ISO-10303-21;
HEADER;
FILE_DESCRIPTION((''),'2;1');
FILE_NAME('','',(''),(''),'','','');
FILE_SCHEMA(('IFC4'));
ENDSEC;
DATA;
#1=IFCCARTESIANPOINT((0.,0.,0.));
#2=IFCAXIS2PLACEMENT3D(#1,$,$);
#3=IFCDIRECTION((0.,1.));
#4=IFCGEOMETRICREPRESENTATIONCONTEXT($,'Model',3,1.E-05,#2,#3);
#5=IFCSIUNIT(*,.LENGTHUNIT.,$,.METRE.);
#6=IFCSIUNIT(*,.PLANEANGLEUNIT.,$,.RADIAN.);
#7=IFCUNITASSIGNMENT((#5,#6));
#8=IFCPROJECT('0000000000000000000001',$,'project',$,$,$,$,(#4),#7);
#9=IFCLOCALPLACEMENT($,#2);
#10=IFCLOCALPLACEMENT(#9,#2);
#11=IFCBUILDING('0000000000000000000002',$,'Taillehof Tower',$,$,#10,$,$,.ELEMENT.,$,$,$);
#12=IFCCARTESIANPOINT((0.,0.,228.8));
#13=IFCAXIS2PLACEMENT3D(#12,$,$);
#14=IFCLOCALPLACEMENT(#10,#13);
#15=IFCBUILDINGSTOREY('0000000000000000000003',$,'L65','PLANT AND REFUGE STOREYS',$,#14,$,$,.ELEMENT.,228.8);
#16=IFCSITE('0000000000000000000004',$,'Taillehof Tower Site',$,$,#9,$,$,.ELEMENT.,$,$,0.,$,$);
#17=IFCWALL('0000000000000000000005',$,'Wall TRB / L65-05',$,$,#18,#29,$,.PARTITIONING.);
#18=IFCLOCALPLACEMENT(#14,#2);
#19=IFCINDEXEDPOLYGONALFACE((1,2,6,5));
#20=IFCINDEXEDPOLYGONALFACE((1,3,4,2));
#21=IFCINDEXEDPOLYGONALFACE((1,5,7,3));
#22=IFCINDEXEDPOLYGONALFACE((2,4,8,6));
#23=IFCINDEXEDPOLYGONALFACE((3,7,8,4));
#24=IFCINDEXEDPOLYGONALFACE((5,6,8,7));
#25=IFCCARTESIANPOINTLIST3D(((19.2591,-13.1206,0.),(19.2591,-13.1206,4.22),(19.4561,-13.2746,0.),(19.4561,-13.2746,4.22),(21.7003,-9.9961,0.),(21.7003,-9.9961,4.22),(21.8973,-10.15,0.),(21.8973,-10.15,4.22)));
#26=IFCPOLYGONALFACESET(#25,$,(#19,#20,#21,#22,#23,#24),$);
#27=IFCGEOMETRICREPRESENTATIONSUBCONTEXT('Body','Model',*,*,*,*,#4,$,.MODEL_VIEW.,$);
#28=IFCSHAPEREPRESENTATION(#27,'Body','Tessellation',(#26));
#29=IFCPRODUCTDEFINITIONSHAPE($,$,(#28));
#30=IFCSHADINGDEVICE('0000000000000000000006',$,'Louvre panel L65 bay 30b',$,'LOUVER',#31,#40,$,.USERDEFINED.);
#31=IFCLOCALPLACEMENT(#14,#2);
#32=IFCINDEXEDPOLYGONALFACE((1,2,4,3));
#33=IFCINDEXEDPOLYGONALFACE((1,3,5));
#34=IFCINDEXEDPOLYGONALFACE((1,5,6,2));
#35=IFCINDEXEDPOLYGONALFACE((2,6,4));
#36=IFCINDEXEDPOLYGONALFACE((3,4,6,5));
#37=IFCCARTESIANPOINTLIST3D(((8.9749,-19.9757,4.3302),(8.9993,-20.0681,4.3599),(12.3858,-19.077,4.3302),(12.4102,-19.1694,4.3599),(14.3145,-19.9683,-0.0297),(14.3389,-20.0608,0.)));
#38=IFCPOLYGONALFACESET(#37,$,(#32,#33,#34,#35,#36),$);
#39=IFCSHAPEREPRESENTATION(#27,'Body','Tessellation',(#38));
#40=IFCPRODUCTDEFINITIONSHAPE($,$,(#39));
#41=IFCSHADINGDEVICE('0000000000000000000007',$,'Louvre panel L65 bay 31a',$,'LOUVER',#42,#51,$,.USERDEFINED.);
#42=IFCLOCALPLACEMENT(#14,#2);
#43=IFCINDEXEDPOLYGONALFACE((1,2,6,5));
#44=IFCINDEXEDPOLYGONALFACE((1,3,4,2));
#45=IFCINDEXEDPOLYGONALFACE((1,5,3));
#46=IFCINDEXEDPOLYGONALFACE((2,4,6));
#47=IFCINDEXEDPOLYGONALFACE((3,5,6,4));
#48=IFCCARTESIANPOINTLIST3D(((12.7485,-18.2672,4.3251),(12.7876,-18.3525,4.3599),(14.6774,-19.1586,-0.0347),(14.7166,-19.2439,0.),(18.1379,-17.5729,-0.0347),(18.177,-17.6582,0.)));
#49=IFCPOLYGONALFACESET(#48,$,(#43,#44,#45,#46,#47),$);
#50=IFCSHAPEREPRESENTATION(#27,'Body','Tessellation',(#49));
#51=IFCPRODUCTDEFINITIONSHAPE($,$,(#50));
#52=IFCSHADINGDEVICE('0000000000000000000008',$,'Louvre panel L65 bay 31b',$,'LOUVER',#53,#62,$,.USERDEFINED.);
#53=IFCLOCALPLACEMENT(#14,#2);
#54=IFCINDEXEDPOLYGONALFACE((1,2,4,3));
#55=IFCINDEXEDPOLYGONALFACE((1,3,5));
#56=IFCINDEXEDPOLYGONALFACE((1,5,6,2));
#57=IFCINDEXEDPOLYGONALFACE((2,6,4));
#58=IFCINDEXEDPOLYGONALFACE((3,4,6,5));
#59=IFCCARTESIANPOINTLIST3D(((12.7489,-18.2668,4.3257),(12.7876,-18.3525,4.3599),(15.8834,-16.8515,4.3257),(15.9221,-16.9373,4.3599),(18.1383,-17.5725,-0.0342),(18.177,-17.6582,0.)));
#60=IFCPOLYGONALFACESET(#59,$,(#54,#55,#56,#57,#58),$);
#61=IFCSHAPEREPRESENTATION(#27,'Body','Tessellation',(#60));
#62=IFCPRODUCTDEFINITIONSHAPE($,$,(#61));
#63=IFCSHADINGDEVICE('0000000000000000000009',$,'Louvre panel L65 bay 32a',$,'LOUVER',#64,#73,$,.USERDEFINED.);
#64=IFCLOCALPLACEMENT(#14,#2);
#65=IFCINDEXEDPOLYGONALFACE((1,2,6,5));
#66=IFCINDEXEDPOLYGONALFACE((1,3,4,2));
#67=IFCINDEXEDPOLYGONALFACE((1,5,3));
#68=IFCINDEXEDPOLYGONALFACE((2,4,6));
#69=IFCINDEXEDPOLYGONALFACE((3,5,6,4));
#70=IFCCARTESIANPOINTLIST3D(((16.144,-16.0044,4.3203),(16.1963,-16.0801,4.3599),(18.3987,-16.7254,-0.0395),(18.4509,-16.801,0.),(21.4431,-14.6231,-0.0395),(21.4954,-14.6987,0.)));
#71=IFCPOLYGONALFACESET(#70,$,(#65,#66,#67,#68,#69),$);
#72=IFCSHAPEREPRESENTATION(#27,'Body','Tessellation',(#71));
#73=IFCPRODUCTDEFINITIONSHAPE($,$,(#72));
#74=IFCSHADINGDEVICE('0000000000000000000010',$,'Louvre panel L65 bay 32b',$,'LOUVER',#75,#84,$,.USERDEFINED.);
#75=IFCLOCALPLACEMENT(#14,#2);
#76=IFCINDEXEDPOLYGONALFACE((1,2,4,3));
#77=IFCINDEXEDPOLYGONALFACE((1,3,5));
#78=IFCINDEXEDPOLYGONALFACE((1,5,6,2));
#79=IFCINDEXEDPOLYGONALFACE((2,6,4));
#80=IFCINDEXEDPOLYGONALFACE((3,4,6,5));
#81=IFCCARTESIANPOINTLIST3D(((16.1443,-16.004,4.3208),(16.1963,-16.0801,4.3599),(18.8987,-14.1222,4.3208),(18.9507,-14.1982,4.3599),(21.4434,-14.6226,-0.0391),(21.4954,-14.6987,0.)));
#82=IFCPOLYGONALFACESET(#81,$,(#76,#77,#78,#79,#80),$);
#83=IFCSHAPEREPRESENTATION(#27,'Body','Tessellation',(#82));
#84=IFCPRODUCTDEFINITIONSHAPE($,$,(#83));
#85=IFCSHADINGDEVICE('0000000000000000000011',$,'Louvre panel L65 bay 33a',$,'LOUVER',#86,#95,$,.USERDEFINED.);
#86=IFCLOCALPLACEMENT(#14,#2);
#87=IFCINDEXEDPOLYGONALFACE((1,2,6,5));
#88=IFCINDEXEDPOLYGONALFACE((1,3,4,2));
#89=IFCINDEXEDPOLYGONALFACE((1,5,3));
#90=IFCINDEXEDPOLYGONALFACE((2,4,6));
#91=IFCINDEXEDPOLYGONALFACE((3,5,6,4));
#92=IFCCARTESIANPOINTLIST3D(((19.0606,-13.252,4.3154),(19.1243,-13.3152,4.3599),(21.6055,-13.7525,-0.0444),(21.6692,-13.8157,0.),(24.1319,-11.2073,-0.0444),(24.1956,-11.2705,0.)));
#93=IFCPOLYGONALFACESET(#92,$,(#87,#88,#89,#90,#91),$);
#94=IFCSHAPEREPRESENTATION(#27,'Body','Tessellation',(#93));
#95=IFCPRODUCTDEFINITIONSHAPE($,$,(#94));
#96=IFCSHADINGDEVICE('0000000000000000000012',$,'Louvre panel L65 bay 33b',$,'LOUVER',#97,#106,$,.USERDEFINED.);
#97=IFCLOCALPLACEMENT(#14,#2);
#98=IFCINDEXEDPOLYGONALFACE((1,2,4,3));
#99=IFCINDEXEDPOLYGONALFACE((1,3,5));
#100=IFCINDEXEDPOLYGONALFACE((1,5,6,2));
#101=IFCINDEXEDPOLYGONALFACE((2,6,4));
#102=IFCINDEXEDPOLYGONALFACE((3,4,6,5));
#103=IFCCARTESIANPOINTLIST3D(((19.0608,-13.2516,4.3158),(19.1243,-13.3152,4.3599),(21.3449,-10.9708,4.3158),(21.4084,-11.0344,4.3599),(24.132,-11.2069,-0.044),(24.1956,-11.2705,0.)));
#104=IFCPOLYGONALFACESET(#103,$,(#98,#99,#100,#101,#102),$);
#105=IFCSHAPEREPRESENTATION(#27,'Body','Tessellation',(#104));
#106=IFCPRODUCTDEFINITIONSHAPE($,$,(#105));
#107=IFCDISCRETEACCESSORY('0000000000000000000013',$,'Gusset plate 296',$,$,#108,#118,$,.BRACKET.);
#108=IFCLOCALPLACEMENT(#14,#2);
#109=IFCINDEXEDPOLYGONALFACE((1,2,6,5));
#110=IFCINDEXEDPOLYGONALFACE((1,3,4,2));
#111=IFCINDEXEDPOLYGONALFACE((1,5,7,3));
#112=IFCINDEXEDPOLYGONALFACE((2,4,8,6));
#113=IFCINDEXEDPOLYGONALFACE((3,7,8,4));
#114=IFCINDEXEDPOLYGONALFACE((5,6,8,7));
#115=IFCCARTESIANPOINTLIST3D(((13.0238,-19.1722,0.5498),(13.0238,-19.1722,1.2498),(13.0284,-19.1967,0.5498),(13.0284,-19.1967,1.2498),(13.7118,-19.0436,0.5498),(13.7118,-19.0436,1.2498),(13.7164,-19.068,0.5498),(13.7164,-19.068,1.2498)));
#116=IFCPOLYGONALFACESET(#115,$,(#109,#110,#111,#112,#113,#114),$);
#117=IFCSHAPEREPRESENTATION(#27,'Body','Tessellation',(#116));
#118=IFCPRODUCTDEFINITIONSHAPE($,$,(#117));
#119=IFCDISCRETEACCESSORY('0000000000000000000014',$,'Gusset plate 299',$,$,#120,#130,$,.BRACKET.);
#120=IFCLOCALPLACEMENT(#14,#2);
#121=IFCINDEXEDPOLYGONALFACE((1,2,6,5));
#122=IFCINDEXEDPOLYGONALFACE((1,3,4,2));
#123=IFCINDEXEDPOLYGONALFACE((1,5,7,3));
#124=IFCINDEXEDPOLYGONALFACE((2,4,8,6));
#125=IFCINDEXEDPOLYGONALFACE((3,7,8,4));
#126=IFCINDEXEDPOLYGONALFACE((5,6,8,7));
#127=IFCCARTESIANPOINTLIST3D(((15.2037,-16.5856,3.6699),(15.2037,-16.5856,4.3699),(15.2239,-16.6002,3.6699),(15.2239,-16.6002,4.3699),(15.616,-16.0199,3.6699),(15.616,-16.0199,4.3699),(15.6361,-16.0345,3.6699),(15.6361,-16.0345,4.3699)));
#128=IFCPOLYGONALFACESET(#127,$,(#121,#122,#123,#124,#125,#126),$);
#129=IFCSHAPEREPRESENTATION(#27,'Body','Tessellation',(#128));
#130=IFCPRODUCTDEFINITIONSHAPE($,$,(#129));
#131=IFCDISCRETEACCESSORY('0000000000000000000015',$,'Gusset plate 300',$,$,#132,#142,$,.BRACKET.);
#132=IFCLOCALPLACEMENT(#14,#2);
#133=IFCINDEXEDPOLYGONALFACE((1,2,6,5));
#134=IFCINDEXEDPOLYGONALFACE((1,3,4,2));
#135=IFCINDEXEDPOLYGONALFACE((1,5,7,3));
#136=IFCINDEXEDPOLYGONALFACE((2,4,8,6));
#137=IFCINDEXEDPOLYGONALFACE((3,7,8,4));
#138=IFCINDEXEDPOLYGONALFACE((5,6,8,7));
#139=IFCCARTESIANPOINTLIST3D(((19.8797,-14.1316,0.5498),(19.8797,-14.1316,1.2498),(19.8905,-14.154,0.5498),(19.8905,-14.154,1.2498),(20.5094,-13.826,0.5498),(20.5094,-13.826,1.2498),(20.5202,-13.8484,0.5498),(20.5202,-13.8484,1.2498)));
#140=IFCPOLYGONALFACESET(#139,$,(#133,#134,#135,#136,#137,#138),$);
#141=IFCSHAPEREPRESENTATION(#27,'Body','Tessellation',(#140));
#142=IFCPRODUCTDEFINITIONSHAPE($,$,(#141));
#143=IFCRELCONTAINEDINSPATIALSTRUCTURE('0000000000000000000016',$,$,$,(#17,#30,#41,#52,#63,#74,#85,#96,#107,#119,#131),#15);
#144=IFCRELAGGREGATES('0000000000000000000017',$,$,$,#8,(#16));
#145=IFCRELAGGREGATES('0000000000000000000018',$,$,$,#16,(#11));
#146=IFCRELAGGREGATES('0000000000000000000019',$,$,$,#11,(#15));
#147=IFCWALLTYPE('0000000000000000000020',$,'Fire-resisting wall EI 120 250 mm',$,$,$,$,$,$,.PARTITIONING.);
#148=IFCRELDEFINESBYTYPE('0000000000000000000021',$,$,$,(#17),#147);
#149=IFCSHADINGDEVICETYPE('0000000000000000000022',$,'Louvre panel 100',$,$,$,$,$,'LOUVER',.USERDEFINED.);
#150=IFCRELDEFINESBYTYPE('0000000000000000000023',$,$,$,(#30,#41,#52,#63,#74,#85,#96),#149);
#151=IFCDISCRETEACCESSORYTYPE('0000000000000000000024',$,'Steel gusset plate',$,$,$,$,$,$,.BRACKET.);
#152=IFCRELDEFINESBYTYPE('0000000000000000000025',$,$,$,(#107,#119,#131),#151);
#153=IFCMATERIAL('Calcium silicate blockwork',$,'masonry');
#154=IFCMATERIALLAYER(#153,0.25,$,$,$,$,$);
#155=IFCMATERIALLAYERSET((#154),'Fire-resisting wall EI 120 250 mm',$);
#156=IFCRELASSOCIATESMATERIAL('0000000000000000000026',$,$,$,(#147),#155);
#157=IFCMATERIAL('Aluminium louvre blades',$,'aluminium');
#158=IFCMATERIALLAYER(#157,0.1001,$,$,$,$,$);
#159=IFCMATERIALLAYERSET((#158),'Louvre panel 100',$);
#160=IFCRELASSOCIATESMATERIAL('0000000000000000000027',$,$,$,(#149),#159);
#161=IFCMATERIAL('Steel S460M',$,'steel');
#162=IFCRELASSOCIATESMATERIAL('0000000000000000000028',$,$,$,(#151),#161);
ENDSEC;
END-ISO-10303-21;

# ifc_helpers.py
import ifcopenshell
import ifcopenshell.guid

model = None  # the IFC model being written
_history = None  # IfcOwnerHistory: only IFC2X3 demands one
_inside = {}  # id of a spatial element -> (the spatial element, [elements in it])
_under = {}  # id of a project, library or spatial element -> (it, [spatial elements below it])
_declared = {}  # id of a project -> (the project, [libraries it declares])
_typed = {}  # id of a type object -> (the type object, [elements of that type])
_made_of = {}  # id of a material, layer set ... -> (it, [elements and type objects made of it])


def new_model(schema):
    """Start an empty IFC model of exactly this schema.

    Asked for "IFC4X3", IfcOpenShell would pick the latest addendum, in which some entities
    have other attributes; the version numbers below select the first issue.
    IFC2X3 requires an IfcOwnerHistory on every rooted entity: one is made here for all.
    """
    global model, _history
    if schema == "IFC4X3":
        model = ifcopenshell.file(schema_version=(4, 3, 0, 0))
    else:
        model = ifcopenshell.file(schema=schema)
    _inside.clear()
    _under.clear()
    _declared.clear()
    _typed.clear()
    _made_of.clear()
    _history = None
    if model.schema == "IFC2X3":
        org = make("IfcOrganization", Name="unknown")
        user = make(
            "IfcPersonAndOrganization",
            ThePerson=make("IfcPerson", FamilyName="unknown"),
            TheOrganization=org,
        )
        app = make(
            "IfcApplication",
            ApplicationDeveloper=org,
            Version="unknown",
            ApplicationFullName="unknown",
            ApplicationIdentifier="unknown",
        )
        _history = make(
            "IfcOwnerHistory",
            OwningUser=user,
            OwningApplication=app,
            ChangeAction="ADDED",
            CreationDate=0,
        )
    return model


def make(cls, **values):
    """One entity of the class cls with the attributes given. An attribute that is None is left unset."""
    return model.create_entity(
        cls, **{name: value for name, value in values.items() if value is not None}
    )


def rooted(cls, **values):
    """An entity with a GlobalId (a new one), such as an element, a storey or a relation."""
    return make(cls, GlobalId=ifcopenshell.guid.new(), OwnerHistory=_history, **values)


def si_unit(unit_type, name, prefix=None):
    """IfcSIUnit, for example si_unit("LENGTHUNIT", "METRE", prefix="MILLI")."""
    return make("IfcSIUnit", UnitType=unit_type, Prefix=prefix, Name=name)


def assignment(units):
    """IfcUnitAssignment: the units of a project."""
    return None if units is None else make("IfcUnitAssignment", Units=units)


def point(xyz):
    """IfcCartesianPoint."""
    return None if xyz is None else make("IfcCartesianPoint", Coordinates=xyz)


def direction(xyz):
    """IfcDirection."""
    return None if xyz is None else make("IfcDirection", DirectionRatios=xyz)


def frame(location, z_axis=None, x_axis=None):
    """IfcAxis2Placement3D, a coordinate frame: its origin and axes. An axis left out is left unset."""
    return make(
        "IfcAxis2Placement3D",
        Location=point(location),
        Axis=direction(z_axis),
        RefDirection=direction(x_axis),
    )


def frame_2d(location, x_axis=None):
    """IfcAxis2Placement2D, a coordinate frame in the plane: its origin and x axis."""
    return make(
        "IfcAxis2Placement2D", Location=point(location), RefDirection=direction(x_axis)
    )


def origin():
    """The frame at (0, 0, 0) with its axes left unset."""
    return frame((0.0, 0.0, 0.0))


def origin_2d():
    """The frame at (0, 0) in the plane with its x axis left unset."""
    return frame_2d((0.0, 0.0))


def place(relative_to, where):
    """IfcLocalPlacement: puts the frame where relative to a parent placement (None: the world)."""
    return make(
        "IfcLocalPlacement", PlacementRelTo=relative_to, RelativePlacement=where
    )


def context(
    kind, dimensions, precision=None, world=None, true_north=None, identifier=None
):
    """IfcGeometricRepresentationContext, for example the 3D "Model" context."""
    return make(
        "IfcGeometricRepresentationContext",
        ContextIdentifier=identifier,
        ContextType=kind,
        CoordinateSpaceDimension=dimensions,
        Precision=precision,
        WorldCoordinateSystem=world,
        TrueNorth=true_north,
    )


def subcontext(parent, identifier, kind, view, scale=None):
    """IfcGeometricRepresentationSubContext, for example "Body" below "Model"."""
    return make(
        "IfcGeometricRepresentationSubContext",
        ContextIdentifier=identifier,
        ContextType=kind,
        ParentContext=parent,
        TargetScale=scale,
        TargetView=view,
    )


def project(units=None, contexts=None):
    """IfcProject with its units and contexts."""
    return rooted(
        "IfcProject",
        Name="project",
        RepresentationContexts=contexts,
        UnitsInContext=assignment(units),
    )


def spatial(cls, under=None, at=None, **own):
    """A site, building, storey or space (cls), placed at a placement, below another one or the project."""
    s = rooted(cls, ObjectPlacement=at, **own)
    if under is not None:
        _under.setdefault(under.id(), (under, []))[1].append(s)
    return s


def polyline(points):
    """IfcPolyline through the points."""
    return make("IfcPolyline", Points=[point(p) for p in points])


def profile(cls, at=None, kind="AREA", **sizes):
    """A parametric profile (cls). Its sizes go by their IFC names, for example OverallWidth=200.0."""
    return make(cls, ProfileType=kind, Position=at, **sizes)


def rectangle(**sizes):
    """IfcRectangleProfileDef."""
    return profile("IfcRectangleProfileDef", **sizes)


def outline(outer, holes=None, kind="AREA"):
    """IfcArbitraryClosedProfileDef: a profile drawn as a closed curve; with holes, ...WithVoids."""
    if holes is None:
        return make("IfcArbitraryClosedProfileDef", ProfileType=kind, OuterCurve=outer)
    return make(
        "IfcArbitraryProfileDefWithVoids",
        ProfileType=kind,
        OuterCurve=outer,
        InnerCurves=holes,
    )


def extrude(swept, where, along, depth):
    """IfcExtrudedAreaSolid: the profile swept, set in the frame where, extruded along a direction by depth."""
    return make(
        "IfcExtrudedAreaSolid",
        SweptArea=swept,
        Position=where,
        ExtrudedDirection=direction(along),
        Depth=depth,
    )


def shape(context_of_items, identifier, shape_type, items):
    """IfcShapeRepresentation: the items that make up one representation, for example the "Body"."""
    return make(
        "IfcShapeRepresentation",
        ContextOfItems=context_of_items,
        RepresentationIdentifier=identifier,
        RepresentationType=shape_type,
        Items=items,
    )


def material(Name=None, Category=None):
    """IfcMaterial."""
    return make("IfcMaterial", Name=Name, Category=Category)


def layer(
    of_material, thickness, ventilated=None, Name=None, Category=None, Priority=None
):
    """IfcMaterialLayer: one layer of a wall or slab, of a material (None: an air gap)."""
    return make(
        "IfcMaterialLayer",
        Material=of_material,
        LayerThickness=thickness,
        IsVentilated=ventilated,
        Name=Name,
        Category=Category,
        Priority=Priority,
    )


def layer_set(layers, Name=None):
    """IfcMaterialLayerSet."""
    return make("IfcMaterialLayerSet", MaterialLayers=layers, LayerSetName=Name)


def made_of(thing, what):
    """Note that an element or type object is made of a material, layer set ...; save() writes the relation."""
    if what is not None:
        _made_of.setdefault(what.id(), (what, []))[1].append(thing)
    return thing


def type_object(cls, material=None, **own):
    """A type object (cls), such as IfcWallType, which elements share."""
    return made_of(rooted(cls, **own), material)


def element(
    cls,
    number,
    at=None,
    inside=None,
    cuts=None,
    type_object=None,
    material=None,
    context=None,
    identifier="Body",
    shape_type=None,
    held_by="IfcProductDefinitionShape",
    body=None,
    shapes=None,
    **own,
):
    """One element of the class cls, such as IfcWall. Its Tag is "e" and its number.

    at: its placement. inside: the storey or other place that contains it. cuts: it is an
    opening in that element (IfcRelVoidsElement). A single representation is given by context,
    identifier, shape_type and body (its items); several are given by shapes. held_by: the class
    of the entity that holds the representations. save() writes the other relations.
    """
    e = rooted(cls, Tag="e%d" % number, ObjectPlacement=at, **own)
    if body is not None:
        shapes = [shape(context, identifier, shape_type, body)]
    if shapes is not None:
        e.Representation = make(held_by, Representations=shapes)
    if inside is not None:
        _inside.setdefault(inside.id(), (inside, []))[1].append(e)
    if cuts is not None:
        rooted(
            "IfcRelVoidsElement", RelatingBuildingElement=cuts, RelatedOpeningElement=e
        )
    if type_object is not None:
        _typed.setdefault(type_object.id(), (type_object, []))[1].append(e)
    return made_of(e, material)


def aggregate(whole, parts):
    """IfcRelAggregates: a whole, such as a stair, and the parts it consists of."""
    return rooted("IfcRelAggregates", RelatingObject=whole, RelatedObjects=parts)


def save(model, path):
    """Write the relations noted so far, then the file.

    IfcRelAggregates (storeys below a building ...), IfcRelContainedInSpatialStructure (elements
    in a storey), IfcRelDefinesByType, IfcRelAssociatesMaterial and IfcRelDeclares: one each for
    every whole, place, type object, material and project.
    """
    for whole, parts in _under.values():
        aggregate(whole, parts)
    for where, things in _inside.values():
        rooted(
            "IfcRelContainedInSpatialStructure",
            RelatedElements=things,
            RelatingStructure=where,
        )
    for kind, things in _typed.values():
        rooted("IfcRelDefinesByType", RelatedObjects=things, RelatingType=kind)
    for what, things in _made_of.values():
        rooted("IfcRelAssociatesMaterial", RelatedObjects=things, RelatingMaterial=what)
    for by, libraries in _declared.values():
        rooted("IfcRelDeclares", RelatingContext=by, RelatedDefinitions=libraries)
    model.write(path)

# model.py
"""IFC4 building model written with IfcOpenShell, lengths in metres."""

from ifc_helpers import new_model, si_unit, direction, frame, frame_2d, origin, origin_2d, place, context, subcontext, project, spatial, polyline, rectangle, outline, extrude, material, layer, layer_set, type_object, element, save


model = new_model("IFC4")

# Units and contexts
model_context = context("Model", 3, precision=1e-05, world=origin(), true_north=direction((0.0, 1.0)))
body_context = subcontext(model_context, "Body", "Model", "MODEL_VIEW")
ifc_project = project(units=[si_unit("LENGTHUNIT", "METRE"), si_unit("PLANEANGLEUNIT", "RADIAN")], contexts=[model_context])

# Site, building, storey
site_placement = place(None, origin())
site = spatial("IfcSite", under=ifc_project, at=site_placement, Name="Taillehof Tower Site", CompositionType="ELEMENT", RefElevation=0.0)
building_placement = place(site_placement, origin())
building = spatial("IfcBuilding", under=site, at=building_placement, Name="Taillehof Tower", CompositionType="ELEMENT")
storey_placement = place(building_placement, frame((0.0, 0.0, 228.8)))
storey = spatial("IfcBuildingStorey", under=building, at=storey_placement, Name="L65", Description="PLANT AND REFUGE STOREYS", CompositionType="ELEMENT", Elevation=228.8)

# Wall
ifc_material_1 = material(Name="Calcium silicate blockwork", Category="masonry")
ifc_layer_1 = layer(ifc_material_1, 0.25)
ifc_layer_set_1 = layer_set([ifc_layer_1], Name="Fire-resisting wall EI 120 250 mm")
wall_type = type_object("IfcWallType", Name="Fire-resisting wall EI 120 250 mm", PredefinedType="PARTITIONING", material=ifc_layer_set_1)
wall_1_placement = place(storey_placement, frame((19.3577, -13.1975, 0.0), z_axis=(0.0, 0.0, 1.0), x_axis=(0.615666, 0.788008, 0.0)))
element("IfcWall", 1, at=wall_1_placement, inside=storey, type_object=wall_type, Name="Wall TRB / L65-05", PredefinedType="PARTITIONING", context=body_context, shape_type="SweptSolid", body=[
    extrude(rectangle(XDim=3.9651, YDim=0.25, at=frame_2d((1.9824, 0.0))), origin(), (0.0, 0.0, 1.0), 4.22),
])

# Shading devices
ifc_material_2 = material(Name="Aluminium louvre blades", Category="aluminium")
ifc_layer_2 = layer(ifc_material_2, 0.1001)
ifc_layer_set_2 = layer_set([ifc_layer_2], Name="Louvre panel 100")
shading_device_type = type_object("IfcShadingDeviceType", Name="Louvre panel 100", ElementType="LOUVER", PredefinedType="USERDEFINED", material=ifc_layer_set_2)
shading_device_1_placement = place(storey_placement, frame((14.3389, -20.0608, 0.0), z_axis=(0.243326, -0.92353, 0.296455), x_axis=(-0.397669, 0.183784, 0.898934)))
element("IfcShadingDevice", 2, at=shading_device_1_placement, inside=storey, type_object=shading_device_type, Name="Louvre panel L65 bay 30b", ObjectType="LOUVER", PredefinedType="USERDEFINED", context=body_context, shape_type="SweptSolid", body=[
    extrude(outline(polyline([(0.0, 0.0), (4.85, 0.0), (6.0413, 3.32), (0.0, 0.0)])), origin(), (0.0, 0.0, -1.0), 0.1001),
])
shading_device_2_placement = place(storey_placement, frame((14.7166, -19.2439, 0.0), z_axis=(0.390672, -0.852562, 0.34715), x_axis=(0.909099, 0.41658, 0.0)))
element("IfcShadingDevice", 3, at=shading_device_2_placement, inside=storey, type_object=shading_device_type, Name="Louvre panel L65 bay 31a", ObjectType="LOUVER", PredefinedType="USERDEFINED", context=body_context, shape_type="SweptSolid", body=[
    extrude(outline(polyline([(0.0, 0.0), (3.8065, 0.0), (-1.3823, 4.649), (0.0, 0.0)])), origin(), (0.0, 0.0, -1.0), 0.1001),
])
shading_device_3_placement = place(storey_placement, frame((18.177, -17.6582, 0.0), z_axis=(0.386749, -0.856558, 0.341663), x_axis=(-0.454511, 0.14532, 0.878807)))
element("IfcShadingDevice", 4, at=shading_device_3_placement, inside=storey, type_object=shading_device_type, Name="Louvre panel L65 bay 31b", ObjectType="LOUVER", PredefinedType="USERDEFINED", context=body_context, shape_type="SweptSolid", body=[
    extrude(outline(polyline([(0.0, 0.0), (4.9611, 0.0), (6.1801, 3.2159), (0.0, 0.0)])), origin(), (0.0, 0.0, -1.0), 0.1001),
])
shading_device_4_placement = place(storey_placement, frame((18.4509, -16.801, 0.0), z_axis=(0.522026, -0.755971, 0.394965), x_axis=(0.822873, 0.568225, 0.0)))
element("IfcShadingDevice", 5, at=shading_device_4_placement, inside=storey, type_object=shading_device_type, Name="Louvre panel L65 bay 32a", ObjectType="LOUVER", PredefinedType="USERDEFINED", context=body_context, shape_type="SweptSolid", body=[
    extrude(outline(polyline([(0.0, 0.0), (3.6998, 0.0), (-1.4456, 4.7457), (0.0, 0.0)])), origin(), (0.0, 0.0, -1.0), 0.1001),
])
shading_device_5_placement = place(storey_placement, frame((21.4954, -14.6987, 0.0), z_axis=(0.519358, -0.760172, 0.390392), x_axis=(-0.501622, 0.098659, 0.859443)))
element("IfcShadingDevice", 6, at=shading_device_5_placement, inside=storey, type_object=shading_device_type, Name="Louvre panel L65 bay 32b", ObjectType="LOUVER", PredefinedType="USERDEFINED", context=body_context, shape_type="SweptSolid", body=[
    extrude(outline(polyline([(0.0, 0.0), (5.0729, 0.0), (6.2689, 3.1141), (0.0, 0.0)])), origin(), (0.0, 0.0, -1.0), 0.1001),
])
shading_device_6_placement = place(storey_placement, frame((21.6692, -13.8157, 0.0), z_axis=(0.636025, -0.631328, 0.443731), x_axis=(0.704481, 0.709723, 0.0)))
element("IfcShadingDevice", 7, at=shading_device_6_placement, inside=storey, type_object=shading_device_type, Name="Louvre panel L65 bay 33a", ObjectType="LOUVER", PredefinedType="USERDEFINED", context=body_context, shape_type="SweptSolid", body=[
    extrude(outline(polyline([(0.0, 0.0), (3.5861, 0.0), (-1.4376, 4.8651), (0.0, 0.0)])), origin(), (0.0, 0.0, -1.0), 0.1001),
])
shading_device_7_placement = place(storey_placement, frame((24.1956, -11.2705, 0.0), z_axis=(0.634497, -0.635448, 0.440021), x_axis=(-0.538055, 0.045576, 0.841677)))
element("IfcShadingDevice", 8, at=shading_device_7_placement, inside=storey, type_object=shading_device_type, Name="Louvre panel L65 bay 33b", ObjectType="LOUVER", PredefinedType="USERDEFINED", context=body_context, shape_type="SweptSolid", body=[
    extrude(outline(polyline([(0.0, 0.0), (5.18, 0.0), (6.305, 3.0255), (0.0, 0.0)])), origin(), (0.0, 0.0, -1.0), 0.1001),
])

# Discrete accessories
ifc_material_3 = material(Name="Steel S460M", Category="steel")
discrete_accessory_type = type_object("IfcDiscreteAccessoryType", Name="Steel gusset plate", PredefinedType="BRACKET", material=ifc_material_3)
for number, where, z_axis, x_axis, name in (
    (9, (13.3701, -19.1201, 0.5498), (0.0, 0.0, 1.0), (0.982964, 0.1838, 0.0), "Gusset plate 296"),
    (10, (15.4199, -16.3101, 3.6699), (0.0, 0.0, 1.0), (0.588928, 0.808185, 0.0), "Gusset plate 299"),
    (11, (20.2, -13.99, 0.5498), (0.0, 0.0, 1.0), (0.899616, 0.436681, 0.0), "Gusset plate 300"),
):
    element("IfcDiscreteAccessory", number, at=place(storey_placement, frame(where, z_axis=z_axis, x_axis=x_axis)), inside=storey, type_object=discrete_accessory_type, Name=name, PredefinedType="BRACKET", context=body_context, shape_type="SweptSolid", body=[
        extrude(rectangle(XDim=0.7, YDim=0.0249, at=origin_2d()), origin(), (0.0, 0.0, 1.0), 0.7),
    ])

save(model, "model.ifc")
